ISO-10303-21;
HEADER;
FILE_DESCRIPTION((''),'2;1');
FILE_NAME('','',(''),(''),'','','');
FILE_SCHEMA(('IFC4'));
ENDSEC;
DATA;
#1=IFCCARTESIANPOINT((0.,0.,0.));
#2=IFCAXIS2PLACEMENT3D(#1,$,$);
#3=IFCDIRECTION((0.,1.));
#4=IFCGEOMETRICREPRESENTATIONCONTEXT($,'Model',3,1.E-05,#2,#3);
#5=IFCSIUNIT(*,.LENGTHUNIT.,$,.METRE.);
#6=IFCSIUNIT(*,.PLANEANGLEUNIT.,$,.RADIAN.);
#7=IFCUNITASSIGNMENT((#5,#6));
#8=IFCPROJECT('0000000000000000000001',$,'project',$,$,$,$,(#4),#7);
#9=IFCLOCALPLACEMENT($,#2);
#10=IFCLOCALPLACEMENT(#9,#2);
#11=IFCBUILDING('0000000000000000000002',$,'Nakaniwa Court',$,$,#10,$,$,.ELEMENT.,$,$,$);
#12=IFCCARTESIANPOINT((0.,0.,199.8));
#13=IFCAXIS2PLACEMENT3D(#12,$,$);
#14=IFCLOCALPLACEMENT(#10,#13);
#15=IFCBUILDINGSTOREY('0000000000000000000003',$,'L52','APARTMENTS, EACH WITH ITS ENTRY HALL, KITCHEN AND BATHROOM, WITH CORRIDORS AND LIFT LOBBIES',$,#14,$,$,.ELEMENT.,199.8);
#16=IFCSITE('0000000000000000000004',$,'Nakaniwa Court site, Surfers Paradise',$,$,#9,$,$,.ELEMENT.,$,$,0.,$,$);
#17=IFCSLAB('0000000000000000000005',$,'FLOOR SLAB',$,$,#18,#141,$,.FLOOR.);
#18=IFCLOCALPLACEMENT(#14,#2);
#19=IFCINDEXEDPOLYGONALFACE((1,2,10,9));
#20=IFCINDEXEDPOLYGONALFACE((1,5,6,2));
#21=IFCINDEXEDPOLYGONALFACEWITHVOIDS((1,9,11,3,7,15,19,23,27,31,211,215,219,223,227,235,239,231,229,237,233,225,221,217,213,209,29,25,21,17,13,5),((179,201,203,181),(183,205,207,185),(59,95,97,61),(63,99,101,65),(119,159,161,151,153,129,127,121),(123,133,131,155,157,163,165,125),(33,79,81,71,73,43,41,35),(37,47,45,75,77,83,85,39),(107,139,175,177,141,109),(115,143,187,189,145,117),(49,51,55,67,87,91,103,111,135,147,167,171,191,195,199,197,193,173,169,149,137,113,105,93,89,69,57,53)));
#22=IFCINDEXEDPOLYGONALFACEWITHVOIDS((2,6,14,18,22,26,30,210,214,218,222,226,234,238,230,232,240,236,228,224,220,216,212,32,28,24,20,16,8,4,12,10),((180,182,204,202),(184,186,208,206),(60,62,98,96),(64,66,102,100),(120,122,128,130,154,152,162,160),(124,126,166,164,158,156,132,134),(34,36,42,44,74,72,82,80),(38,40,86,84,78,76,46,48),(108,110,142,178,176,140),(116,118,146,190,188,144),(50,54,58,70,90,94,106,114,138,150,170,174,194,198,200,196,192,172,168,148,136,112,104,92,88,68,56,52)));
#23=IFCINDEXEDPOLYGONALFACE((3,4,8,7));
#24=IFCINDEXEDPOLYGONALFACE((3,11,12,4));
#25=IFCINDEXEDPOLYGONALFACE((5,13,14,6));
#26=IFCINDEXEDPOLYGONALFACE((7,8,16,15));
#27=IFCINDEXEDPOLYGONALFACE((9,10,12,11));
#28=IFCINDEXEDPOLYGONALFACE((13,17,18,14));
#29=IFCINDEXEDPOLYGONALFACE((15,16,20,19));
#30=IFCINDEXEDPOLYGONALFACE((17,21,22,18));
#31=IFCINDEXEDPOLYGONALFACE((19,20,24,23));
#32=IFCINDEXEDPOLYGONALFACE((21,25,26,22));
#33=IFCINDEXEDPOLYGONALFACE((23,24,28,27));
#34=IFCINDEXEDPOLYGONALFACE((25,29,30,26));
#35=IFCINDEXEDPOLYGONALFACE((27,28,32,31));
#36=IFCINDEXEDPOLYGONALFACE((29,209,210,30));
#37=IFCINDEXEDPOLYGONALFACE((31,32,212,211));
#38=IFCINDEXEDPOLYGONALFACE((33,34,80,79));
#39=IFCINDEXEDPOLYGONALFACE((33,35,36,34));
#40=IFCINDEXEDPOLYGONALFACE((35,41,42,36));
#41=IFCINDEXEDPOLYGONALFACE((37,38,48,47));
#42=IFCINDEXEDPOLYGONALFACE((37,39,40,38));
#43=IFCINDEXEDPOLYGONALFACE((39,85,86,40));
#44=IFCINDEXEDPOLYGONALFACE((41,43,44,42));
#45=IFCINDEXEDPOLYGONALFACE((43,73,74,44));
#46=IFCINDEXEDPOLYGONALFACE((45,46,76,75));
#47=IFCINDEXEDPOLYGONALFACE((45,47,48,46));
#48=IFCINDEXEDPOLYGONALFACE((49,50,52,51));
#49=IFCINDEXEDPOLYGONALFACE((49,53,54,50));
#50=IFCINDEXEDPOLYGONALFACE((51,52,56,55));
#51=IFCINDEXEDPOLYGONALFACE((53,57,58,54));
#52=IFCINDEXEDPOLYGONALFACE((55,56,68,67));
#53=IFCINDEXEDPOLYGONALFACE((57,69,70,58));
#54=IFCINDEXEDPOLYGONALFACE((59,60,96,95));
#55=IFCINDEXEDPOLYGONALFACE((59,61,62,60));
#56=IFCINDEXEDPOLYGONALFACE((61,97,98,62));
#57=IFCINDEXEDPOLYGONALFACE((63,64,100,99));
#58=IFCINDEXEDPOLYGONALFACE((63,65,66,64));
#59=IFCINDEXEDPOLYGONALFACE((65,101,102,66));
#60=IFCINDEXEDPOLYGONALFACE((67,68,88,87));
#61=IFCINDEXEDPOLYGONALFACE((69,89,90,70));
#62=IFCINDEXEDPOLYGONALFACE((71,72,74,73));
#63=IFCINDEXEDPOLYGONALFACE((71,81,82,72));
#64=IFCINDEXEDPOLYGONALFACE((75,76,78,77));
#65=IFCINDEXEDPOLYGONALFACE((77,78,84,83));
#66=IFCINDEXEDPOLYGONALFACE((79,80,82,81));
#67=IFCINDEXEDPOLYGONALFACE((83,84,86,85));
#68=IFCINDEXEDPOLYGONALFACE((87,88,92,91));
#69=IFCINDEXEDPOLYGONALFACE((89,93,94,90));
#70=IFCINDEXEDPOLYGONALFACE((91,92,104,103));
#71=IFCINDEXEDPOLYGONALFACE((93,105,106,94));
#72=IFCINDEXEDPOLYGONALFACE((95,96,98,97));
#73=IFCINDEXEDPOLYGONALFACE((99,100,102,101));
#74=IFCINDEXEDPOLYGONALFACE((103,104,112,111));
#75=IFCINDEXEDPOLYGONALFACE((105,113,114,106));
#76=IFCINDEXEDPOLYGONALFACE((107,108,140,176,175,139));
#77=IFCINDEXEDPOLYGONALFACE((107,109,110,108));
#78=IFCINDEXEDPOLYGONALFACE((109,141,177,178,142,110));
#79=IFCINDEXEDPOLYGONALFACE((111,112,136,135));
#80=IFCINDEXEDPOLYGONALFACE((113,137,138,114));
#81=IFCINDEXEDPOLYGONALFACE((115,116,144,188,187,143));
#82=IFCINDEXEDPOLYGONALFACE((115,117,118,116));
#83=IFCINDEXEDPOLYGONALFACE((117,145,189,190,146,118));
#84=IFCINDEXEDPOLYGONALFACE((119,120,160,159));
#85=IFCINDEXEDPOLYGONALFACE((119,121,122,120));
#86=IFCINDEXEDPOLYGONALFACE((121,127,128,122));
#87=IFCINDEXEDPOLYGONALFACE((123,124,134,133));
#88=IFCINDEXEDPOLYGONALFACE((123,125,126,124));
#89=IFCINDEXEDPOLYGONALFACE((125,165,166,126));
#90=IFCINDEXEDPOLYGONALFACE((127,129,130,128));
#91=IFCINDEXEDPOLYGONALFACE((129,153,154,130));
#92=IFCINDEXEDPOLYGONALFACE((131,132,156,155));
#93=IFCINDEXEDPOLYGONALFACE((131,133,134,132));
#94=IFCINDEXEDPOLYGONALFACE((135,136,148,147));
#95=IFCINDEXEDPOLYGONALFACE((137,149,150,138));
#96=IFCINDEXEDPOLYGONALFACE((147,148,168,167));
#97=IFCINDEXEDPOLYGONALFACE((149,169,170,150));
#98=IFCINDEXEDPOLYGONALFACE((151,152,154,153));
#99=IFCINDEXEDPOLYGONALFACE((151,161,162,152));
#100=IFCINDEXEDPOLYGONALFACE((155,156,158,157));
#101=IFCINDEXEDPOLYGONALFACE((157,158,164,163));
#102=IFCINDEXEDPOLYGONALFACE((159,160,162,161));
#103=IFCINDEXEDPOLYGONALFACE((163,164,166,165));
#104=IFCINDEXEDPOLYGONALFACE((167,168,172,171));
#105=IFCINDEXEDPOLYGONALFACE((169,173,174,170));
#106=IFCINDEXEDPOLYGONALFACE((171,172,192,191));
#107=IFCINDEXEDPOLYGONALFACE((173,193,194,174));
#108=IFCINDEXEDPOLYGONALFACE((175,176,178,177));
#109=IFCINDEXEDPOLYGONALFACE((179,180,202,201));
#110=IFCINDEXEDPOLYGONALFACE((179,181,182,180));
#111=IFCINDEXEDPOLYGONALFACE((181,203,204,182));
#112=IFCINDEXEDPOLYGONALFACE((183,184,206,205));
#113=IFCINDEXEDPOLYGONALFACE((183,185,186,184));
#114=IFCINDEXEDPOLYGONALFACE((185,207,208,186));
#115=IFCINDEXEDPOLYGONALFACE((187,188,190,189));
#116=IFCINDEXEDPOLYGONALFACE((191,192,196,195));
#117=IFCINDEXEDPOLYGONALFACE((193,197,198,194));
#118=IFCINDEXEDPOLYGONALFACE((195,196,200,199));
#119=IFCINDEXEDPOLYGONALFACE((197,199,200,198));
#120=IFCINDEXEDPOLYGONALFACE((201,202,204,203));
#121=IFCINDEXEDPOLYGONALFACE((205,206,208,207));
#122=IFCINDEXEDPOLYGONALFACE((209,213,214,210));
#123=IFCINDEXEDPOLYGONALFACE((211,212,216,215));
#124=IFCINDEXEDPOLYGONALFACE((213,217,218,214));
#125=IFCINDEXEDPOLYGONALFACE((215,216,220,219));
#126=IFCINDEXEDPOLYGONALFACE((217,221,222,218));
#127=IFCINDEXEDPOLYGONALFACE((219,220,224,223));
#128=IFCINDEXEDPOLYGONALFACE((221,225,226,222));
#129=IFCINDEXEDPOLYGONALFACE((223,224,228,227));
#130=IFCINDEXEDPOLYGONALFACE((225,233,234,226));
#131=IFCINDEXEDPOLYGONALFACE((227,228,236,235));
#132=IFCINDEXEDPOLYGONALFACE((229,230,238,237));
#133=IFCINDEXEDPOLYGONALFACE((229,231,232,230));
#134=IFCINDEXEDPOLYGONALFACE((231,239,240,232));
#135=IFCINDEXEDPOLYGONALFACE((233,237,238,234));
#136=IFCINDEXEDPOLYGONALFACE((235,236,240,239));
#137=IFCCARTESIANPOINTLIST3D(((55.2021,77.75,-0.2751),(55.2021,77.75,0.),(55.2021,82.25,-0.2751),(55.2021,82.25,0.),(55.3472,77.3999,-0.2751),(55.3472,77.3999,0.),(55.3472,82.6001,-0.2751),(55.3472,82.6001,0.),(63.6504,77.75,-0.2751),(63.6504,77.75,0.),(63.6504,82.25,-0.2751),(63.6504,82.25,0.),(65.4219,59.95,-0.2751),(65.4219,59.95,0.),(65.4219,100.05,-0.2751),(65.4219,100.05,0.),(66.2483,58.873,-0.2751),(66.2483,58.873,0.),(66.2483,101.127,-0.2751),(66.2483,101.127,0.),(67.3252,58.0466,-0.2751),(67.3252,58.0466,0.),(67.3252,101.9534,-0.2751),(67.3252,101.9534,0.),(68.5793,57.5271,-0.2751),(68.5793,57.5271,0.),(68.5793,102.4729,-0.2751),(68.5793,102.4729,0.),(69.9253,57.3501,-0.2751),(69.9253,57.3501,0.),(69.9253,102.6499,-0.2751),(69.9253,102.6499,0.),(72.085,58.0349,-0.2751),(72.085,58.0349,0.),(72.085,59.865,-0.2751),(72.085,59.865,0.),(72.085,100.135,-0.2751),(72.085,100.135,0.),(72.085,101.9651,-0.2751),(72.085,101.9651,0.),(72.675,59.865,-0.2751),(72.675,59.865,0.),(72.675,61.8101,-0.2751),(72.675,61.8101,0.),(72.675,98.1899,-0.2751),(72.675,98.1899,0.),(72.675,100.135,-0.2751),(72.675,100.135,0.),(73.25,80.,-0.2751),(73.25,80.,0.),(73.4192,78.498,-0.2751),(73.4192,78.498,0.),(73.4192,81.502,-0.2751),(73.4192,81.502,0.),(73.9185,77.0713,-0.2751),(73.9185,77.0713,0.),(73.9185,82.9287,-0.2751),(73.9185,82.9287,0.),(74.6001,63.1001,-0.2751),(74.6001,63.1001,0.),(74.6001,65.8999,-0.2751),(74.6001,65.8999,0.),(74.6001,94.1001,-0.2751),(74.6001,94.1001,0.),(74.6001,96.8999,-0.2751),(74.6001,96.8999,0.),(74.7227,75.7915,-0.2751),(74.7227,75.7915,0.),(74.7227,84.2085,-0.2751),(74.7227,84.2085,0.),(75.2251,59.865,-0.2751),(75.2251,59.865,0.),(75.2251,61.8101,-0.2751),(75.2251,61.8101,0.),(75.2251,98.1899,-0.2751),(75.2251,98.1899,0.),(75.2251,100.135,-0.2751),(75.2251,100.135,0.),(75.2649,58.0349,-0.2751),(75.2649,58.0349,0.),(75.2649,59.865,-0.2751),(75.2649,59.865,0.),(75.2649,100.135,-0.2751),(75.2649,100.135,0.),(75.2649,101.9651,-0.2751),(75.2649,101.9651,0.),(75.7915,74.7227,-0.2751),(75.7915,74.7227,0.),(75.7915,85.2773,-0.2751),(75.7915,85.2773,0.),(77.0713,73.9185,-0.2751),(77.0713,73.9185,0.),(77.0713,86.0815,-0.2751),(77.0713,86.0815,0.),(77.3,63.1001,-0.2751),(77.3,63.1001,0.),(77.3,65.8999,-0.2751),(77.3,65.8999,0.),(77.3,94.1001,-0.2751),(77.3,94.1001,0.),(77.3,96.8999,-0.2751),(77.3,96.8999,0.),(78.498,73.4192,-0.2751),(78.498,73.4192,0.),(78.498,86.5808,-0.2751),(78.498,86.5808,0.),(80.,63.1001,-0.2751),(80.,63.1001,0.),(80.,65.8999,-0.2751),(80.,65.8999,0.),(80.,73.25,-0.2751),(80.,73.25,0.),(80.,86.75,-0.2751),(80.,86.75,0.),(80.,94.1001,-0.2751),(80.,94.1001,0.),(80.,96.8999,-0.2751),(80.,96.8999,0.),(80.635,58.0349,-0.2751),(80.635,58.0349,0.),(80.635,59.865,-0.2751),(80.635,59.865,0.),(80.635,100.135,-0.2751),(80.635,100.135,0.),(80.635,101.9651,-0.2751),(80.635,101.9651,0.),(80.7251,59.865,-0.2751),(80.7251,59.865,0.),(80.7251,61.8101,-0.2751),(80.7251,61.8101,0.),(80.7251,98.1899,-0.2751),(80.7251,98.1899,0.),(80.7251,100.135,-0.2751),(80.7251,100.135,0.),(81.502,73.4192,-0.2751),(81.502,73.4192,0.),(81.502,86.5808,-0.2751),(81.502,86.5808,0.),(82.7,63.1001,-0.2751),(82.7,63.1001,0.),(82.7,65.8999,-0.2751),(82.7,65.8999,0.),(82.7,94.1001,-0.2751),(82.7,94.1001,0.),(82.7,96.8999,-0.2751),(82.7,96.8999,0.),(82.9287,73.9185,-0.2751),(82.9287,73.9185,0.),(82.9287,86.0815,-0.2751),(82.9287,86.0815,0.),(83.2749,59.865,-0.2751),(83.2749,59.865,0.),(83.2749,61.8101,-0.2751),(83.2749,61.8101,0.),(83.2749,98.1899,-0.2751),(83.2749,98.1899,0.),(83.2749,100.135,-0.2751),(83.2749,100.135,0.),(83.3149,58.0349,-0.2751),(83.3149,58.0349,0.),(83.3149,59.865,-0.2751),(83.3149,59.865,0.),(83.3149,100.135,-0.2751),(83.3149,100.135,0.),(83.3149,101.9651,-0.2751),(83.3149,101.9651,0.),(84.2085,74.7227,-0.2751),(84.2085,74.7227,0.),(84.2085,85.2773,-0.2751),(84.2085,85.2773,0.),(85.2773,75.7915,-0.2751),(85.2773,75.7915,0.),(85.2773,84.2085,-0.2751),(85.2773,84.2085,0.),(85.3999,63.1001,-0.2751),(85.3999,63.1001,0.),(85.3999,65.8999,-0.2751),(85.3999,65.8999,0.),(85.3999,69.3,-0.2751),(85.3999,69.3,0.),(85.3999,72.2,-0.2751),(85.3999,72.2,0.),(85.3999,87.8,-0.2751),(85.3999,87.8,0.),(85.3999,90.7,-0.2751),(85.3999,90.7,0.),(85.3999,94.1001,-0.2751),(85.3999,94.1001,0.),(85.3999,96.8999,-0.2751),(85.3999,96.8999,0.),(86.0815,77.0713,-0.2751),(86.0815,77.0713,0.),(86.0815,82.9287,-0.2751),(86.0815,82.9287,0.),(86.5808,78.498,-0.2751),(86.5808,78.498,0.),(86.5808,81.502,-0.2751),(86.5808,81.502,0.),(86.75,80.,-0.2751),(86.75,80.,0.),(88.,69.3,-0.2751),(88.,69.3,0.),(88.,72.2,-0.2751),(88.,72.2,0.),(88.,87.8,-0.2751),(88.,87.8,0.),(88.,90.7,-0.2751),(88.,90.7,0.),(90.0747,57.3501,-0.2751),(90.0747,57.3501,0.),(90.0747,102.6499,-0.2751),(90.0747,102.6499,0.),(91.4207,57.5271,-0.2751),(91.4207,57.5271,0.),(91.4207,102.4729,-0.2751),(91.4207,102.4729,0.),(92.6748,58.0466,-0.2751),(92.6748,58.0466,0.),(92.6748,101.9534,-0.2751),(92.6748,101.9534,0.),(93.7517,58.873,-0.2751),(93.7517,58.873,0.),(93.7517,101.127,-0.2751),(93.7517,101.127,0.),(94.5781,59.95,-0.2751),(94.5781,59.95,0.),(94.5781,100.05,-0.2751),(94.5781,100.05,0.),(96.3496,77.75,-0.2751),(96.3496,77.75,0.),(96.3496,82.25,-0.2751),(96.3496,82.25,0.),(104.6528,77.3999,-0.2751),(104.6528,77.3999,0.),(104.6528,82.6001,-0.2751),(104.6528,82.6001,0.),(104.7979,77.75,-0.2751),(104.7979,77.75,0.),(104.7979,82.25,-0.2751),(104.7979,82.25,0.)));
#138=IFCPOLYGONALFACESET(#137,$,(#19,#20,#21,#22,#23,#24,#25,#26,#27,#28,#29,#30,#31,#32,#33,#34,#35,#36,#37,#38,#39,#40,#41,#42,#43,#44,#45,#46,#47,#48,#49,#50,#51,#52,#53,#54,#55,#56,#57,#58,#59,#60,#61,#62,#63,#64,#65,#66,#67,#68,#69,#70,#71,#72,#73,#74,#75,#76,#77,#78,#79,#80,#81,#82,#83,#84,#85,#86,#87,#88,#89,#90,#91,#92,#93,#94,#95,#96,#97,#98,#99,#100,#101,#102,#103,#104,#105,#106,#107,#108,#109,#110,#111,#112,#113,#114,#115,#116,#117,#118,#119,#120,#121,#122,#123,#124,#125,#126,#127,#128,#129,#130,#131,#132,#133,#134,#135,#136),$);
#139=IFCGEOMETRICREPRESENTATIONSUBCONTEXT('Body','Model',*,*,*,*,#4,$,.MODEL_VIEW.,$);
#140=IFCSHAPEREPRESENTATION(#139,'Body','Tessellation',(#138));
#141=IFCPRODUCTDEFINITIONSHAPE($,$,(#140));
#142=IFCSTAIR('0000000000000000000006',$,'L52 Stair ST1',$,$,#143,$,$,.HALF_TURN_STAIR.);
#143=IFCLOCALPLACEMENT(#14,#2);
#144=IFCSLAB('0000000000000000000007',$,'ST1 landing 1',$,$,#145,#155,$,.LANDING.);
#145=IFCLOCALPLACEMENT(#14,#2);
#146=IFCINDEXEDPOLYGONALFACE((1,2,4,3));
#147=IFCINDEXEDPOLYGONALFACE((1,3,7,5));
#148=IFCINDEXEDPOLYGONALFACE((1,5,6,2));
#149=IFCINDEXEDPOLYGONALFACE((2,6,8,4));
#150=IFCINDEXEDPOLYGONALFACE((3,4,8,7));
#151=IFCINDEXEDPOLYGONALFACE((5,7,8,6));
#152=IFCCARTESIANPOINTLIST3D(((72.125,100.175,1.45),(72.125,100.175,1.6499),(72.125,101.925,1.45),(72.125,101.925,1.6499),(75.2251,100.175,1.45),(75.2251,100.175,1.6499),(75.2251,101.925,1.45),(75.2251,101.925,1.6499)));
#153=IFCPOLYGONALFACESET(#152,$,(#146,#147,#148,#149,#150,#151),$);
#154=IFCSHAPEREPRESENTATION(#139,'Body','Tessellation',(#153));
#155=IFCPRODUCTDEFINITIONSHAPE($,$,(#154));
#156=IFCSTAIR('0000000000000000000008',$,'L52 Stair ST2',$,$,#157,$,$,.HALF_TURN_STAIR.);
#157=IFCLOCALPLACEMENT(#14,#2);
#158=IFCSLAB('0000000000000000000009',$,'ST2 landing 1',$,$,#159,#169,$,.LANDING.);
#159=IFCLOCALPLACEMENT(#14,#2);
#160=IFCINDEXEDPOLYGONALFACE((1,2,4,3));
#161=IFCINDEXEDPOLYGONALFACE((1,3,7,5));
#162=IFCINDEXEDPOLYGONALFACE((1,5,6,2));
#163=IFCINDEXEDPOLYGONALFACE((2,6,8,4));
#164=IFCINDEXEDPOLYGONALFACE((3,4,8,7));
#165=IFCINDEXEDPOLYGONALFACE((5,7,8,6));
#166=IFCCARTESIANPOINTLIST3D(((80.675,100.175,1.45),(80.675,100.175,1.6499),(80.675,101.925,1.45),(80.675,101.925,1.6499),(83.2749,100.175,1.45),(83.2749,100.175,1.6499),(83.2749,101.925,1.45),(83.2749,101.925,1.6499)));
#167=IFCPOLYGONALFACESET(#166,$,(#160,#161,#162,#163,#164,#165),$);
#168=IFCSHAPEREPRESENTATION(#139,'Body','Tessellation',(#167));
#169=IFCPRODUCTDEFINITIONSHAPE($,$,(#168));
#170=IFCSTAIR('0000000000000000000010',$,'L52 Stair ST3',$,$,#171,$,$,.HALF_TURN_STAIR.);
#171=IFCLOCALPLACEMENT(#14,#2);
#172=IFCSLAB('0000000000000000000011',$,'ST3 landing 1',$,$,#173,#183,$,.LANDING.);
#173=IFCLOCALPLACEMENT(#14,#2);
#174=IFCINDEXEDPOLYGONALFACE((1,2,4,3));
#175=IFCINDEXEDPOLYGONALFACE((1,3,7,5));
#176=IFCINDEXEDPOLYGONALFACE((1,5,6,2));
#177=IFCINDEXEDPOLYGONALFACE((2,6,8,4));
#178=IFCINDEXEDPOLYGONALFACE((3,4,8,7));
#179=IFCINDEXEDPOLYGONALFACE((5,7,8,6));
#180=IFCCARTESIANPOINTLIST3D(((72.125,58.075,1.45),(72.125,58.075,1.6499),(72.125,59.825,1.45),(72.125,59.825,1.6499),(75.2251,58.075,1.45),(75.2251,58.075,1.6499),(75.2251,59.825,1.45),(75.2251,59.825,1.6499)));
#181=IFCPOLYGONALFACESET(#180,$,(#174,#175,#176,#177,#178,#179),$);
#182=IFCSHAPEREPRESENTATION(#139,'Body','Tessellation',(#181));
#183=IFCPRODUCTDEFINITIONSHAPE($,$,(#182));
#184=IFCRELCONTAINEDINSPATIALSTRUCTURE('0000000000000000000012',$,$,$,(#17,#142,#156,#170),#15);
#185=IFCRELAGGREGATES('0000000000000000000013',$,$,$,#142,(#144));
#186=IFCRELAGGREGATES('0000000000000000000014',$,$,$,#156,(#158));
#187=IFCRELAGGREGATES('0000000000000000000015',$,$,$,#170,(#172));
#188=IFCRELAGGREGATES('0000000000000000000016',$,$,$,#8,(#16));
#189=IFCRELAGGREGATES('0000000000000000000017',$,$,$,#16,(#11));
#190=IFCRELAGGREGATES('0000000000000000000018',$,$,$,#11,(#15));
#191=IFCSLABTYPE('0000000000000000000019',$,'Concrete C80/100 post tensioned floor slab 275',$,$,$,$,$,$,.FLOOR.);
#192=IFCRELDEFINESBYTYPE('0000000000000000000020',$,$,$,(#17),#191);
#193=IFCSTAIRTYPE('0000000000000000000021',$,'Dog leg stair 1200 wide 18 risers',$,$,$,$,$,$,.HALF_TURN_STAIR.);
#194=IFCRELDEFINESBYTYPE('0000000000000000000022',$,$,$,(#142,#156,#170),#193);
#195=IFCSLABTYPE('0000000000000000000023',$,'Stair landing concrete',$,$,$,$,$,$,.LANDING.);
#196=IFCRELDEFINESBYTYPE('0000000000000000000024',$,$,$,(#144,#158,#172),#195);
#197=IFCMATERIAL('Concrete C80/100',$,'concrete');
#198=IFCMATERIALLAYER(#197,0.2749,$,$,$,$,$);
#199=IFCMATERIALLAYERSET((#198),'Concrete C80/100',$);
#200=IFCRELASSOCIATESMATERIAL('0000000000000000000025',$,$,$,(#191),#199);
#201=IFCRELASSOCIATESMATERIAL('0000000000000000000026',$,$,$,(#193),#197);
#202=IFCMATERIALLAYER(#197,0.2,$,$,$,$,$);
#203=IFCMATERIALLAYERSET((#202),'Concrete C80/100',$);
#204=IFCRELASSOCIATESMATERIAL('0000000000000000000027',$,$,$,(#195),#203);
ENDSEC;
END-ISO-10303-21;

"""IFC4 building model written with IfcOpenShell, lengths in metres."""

from ifc_helpers import new_model, si_unit, direction, frame, origin, place, context, subcontext, project, spatial, polyline, outline, extrude, material, layer, layer_set, type_object, element, aggregate, save


model = new_model("IFC4")

# Units and contexts
model_context = context("Model", 3, precision=1e-05, world=origin(), true_north=direction((0.0, 1.0)))
body_context = subcontext(model_context, "Body", "Model", "MODEL_VIEW")
ifc_project = project(units=[si_unit("LENGTHUNIT", "METRE"), si_unit("PLANEANGLEUNIT", "RADIAN")], contexts=[model_context])

# Site, building, storey
site_placement = place(None, origin())
site = spatial("IfcSite", under=ifc_project, at=site_placement, Name="Nakaniwa Court site, Surfers Paradise", CompositionType="ELEMENT", RefElevation=0.0)
building_placement = place(site_placement, origin())
building = spatial("IfcBuilding", under=site, at=building_placement, Name="Nakaniwa Court", CompositionType="ELEMENT")
storey_placement = place(building_placement, frame((0.0, 0.0, 199.8)))
storey = spatial("IfcBuildingStorey", under=building, at=storey_placement, Name="L52", Description="APARTMENTS, EACH WITH ITS ENTRY HALL, KITCHEN AND BATHROOM, WITH CORRIDORS AND LIFT LOBBIES", CompositionType="ELEMENT", Elevation=199.8)

# Shared definitions
ifc_material_1 = material(Name="Concrete C80/100", Category="concrete")

# Slab
ifc_layer_1 = layer(ifc_material_1, 0.2749)
ifc_layer_set_1 = layer_set([ifc_layer_1], Name="Concrete C80/100")
slab_type_1 = type_object("IfcSlabType", Name="Concrete C80/100 post tensioned floor slab 275", PredefinedType="FLOOR", material=ifc_layer_set_1)
slab_1_placement = place(storey_placement, frame((0.0, 0.0, -0.2751)))
element("IfcSlab", 1, at=slab_1_placement, inside=storey, type_object=slab_type_1, Name="FLOOR SLAB", PredefinedType="FLOOR", context=body_context, shape_type="SweptSolid", body=[
    extrude(outline(polyline([(96.3496, 82.25), (104.7979, 82.25), (104.6528, 82.6001), (94.5781, 100.05), (93.7517, 101.127), (92.6748, 101.9534), (91.4207, 102.4729), (90.0747, 102.6499), (69.9253, 102.6499), (68.5793, 102.4729), (67.3252, 101.9534), (66.2483, 101.127), (65.4219, 100.05), (55.3472, 82.6001), (55.2021, 82.25), (63.6504, 82.25), (63.6504, 77.75), (55.2021, 77.75), (55.3472, 77.3999), (65.4219, 59.95), (66.2483, 58.873), (67.3252, 58.0466), (68.5793, 57.5271), (69.9253, 57.3501), (90.0747, 57.3501), (91.4207, 57.5271), (92.6748, 58.0466), (93.7517, 58.873), (94.5781, 59.95), (104.6528, 77.3999), (104.7979, 77.75), (96.3496, 77.75), (96.3496, 82.25)]), holes=[polyline([(81.502, 86.5808), (80.0, 86.75), (78.498, 86.5808), (77.0713, 86.0815), (75.7915, 85.2773), (74.7227, 84.2085), (73.9185, 82.9287), (73.4192, 81.502), (73.25, 80.0), (73.4192, 78.498), (73.9185, 77.0713), (74.7227, 75.7915), (75.7915, 74.7227), (77.0713, 73.9185), (78.498, 73.4192), (80.0, 73.25), (81.502, 73.4192), (82.9287, 73.9185), (84.2085, 74.7227), (85.2773, 75.7915), (86.0815, 77.0713), (86.5808, 78.498), (86.75, 80.0), (86.5808, 81.502), (86.0815, 82.9287), (85.2773, 84.2085), (84.2085, 85.2773), (82.9287, 86.0815), (81.502, 86.5808)]), polyline([(72.675, 61.8101), (72.675, 59.865), (72.085, 59.865), (72.085, 58.0349), (75.2649, 58.0349), (75.2649, 59.865), (75.2251, 59.865), (75.2251, 61.8101), (72.675, 61.8101)]), polyline([(77.3, 65.8999), (74.6001, 65.8999), (74.6001, 63.1001), (77.3, 63.1001), (77.3, 65.8999)]), polyline([(80.0, 65.8999), (80.0, 63.1001), (82.7, 63.1001), (85.3999, 63.1001), (85.3999, 65.8999), (82.7, 65.8999), (80.0, 65.8999)]), polyline([(77.3, 96.8999), (74.6001, 96.8999), (74.6001, 94.1001), (77.3, 94.1001), (77.3, 96.8999)]), polyline([(80.0, 96.8999), (80.0, 94.1001), (82.7, 94.1001), (85.3999, 94.1001), (85.3999, 96.8999), (82.7, 96.8999), (80.0, 96.8999)]), polyline([(75.2649, 100.135), (75.2649, 101.9651), (72.085, 101.9651), (72.085, 100.135), (72.675, 100.135), (72.675, 98.1899), (75.2251, 98.1899), (75.2251, 100.135), (75.2649, 100.135)]), polyline([(83.2749, 61.8101), (80.7251, 61.8101), (80.7251, 59.865), (80.635, 59.865), (80.635, 58.0349), (83.3149, 58.0349), (83.3149, 59.865), (83.2749, 59.865), (83.2749, 61.8101)]), polyline([(88.0, 72.2), (85.3999, 72.2), (85.3999, 69.3), (88.0, 69.3), (88.0, 72.2)]), polyline([(88.0, 90.7), (85.3999, 90.7), (85.3999, 87.8), (88.0, 87.8), (88.0, 90.7)]), polyline([(83.3149, 100.135), (83.3149, 101.9651), (80.635, 101.9651), (80.635, 100.135), (80.7251, 100.135), (80.7251, 98.1899), (83.2749, 98.1899), (83.2749, 100.135), (83.3149, 100.135)])]), origin(), (0.0, 0.0, 1.0), 0.2751),
])

# Stairs, slabs
stair_type = type_object("IfcStairType", Name="Dog leg stair 1200 wide 18 risers", PredefinedType="HALF_TURN_STAIR", material=ifc_material_1)
stair_1_placement = place(storey_placement, origin())
stair_1 = element("IfcStair", 2, at=stair_1_placement, inside=storey, type_object=stair_type, Name="L52 Stair ST1", PredefinedType="HALF_TURN_STAIR")
ifc_layer_2 = layer(ifc_material_1, 0.2)
ifc_layer_set_2 = layer_set([ifc_layer_2], Name="Concrete C80/100")
slab_type_2 = type_object("IfcSlabType", Name="Stair landing concrete", PredefinedType="LANDING", material=ifc_layer_set_2)
slab_2_placement = place(storey_placement, frame((0.0, 0.0, 1.45)))
slab_2 = element("IfcSlab", 3, at=slab_2_placement, type_object=slab_type_2, Name="ST1 landing 1", PredefinedType="LANDING", context=body_context, shape_type="SweptSolid", body=[
    extrude(outline(polyline([(75.2251, 100.175), (75.2251, 101.925), (72.125, 101.925), (72.125, 100.175), (75.2251, 100.175)])), origin(), (0.0, 0.0, 1.0), 0.2),
])
aggregate(stair_1, [slab_2])
stair_2_placement = place(storey_placement, origin())
stair_2 = element("IfcStair", 4, at=stair_2_placement, inside=storey, type_object=stair_type, Name="L52 Stair ST2", PredefinedType="HALF_TURN_STAIR")
slab_3_placement = place(storey_placement, frame((0.0, 0.0, 1.45)))
slab_3 = element("IfcSlab", 5, at=slab_3_placement, type_object=slab_type_2, Name="ST2 landing 1", PredefinedType="LANDING", context=body_context, shape_type="SweptSolid", body=[
    extrude(outline(polyline([(83.2749, 100.175), (83.2749, 101.925), (80.675, 101.925), (80.675, 100.175), (83.2749, 100.175)])), origin(), (0.0, 0.0, 1.0), 0.2),
])
aggregate(stair_2, [slab_3])
stair_3_placement = place(storey_placement, origin())
stair_3 = element("IfcStair", 6, at=stair_3_placement, inside=storey, type_object=stair_type, Name="L52 Stair ST3", PredefinedType="HALF_TURN_STAIR")
slab_4_placement = place(storey_placement, frame((0.0, 0.0, 1.45)))
slab_4 = element("IfcSlab", 7, at=slab_4_placement, type_object=slab_type_2, Name="ST3 landing 1", PredefinedType="LANDING", context=body_context, shape_type="SweptSolid", body=[
    extrude(outline(polyline([(75.2251, 58.075), (75.2251, 59.825), (72.125, 59.825), (72.125, 58.075), (75.2251, 58.075)])), origin(), (0.0, 0.0, 1.0), 0.2),
])
aggregate(stair_3, [slab_4])

save(model, "model.ifc")
